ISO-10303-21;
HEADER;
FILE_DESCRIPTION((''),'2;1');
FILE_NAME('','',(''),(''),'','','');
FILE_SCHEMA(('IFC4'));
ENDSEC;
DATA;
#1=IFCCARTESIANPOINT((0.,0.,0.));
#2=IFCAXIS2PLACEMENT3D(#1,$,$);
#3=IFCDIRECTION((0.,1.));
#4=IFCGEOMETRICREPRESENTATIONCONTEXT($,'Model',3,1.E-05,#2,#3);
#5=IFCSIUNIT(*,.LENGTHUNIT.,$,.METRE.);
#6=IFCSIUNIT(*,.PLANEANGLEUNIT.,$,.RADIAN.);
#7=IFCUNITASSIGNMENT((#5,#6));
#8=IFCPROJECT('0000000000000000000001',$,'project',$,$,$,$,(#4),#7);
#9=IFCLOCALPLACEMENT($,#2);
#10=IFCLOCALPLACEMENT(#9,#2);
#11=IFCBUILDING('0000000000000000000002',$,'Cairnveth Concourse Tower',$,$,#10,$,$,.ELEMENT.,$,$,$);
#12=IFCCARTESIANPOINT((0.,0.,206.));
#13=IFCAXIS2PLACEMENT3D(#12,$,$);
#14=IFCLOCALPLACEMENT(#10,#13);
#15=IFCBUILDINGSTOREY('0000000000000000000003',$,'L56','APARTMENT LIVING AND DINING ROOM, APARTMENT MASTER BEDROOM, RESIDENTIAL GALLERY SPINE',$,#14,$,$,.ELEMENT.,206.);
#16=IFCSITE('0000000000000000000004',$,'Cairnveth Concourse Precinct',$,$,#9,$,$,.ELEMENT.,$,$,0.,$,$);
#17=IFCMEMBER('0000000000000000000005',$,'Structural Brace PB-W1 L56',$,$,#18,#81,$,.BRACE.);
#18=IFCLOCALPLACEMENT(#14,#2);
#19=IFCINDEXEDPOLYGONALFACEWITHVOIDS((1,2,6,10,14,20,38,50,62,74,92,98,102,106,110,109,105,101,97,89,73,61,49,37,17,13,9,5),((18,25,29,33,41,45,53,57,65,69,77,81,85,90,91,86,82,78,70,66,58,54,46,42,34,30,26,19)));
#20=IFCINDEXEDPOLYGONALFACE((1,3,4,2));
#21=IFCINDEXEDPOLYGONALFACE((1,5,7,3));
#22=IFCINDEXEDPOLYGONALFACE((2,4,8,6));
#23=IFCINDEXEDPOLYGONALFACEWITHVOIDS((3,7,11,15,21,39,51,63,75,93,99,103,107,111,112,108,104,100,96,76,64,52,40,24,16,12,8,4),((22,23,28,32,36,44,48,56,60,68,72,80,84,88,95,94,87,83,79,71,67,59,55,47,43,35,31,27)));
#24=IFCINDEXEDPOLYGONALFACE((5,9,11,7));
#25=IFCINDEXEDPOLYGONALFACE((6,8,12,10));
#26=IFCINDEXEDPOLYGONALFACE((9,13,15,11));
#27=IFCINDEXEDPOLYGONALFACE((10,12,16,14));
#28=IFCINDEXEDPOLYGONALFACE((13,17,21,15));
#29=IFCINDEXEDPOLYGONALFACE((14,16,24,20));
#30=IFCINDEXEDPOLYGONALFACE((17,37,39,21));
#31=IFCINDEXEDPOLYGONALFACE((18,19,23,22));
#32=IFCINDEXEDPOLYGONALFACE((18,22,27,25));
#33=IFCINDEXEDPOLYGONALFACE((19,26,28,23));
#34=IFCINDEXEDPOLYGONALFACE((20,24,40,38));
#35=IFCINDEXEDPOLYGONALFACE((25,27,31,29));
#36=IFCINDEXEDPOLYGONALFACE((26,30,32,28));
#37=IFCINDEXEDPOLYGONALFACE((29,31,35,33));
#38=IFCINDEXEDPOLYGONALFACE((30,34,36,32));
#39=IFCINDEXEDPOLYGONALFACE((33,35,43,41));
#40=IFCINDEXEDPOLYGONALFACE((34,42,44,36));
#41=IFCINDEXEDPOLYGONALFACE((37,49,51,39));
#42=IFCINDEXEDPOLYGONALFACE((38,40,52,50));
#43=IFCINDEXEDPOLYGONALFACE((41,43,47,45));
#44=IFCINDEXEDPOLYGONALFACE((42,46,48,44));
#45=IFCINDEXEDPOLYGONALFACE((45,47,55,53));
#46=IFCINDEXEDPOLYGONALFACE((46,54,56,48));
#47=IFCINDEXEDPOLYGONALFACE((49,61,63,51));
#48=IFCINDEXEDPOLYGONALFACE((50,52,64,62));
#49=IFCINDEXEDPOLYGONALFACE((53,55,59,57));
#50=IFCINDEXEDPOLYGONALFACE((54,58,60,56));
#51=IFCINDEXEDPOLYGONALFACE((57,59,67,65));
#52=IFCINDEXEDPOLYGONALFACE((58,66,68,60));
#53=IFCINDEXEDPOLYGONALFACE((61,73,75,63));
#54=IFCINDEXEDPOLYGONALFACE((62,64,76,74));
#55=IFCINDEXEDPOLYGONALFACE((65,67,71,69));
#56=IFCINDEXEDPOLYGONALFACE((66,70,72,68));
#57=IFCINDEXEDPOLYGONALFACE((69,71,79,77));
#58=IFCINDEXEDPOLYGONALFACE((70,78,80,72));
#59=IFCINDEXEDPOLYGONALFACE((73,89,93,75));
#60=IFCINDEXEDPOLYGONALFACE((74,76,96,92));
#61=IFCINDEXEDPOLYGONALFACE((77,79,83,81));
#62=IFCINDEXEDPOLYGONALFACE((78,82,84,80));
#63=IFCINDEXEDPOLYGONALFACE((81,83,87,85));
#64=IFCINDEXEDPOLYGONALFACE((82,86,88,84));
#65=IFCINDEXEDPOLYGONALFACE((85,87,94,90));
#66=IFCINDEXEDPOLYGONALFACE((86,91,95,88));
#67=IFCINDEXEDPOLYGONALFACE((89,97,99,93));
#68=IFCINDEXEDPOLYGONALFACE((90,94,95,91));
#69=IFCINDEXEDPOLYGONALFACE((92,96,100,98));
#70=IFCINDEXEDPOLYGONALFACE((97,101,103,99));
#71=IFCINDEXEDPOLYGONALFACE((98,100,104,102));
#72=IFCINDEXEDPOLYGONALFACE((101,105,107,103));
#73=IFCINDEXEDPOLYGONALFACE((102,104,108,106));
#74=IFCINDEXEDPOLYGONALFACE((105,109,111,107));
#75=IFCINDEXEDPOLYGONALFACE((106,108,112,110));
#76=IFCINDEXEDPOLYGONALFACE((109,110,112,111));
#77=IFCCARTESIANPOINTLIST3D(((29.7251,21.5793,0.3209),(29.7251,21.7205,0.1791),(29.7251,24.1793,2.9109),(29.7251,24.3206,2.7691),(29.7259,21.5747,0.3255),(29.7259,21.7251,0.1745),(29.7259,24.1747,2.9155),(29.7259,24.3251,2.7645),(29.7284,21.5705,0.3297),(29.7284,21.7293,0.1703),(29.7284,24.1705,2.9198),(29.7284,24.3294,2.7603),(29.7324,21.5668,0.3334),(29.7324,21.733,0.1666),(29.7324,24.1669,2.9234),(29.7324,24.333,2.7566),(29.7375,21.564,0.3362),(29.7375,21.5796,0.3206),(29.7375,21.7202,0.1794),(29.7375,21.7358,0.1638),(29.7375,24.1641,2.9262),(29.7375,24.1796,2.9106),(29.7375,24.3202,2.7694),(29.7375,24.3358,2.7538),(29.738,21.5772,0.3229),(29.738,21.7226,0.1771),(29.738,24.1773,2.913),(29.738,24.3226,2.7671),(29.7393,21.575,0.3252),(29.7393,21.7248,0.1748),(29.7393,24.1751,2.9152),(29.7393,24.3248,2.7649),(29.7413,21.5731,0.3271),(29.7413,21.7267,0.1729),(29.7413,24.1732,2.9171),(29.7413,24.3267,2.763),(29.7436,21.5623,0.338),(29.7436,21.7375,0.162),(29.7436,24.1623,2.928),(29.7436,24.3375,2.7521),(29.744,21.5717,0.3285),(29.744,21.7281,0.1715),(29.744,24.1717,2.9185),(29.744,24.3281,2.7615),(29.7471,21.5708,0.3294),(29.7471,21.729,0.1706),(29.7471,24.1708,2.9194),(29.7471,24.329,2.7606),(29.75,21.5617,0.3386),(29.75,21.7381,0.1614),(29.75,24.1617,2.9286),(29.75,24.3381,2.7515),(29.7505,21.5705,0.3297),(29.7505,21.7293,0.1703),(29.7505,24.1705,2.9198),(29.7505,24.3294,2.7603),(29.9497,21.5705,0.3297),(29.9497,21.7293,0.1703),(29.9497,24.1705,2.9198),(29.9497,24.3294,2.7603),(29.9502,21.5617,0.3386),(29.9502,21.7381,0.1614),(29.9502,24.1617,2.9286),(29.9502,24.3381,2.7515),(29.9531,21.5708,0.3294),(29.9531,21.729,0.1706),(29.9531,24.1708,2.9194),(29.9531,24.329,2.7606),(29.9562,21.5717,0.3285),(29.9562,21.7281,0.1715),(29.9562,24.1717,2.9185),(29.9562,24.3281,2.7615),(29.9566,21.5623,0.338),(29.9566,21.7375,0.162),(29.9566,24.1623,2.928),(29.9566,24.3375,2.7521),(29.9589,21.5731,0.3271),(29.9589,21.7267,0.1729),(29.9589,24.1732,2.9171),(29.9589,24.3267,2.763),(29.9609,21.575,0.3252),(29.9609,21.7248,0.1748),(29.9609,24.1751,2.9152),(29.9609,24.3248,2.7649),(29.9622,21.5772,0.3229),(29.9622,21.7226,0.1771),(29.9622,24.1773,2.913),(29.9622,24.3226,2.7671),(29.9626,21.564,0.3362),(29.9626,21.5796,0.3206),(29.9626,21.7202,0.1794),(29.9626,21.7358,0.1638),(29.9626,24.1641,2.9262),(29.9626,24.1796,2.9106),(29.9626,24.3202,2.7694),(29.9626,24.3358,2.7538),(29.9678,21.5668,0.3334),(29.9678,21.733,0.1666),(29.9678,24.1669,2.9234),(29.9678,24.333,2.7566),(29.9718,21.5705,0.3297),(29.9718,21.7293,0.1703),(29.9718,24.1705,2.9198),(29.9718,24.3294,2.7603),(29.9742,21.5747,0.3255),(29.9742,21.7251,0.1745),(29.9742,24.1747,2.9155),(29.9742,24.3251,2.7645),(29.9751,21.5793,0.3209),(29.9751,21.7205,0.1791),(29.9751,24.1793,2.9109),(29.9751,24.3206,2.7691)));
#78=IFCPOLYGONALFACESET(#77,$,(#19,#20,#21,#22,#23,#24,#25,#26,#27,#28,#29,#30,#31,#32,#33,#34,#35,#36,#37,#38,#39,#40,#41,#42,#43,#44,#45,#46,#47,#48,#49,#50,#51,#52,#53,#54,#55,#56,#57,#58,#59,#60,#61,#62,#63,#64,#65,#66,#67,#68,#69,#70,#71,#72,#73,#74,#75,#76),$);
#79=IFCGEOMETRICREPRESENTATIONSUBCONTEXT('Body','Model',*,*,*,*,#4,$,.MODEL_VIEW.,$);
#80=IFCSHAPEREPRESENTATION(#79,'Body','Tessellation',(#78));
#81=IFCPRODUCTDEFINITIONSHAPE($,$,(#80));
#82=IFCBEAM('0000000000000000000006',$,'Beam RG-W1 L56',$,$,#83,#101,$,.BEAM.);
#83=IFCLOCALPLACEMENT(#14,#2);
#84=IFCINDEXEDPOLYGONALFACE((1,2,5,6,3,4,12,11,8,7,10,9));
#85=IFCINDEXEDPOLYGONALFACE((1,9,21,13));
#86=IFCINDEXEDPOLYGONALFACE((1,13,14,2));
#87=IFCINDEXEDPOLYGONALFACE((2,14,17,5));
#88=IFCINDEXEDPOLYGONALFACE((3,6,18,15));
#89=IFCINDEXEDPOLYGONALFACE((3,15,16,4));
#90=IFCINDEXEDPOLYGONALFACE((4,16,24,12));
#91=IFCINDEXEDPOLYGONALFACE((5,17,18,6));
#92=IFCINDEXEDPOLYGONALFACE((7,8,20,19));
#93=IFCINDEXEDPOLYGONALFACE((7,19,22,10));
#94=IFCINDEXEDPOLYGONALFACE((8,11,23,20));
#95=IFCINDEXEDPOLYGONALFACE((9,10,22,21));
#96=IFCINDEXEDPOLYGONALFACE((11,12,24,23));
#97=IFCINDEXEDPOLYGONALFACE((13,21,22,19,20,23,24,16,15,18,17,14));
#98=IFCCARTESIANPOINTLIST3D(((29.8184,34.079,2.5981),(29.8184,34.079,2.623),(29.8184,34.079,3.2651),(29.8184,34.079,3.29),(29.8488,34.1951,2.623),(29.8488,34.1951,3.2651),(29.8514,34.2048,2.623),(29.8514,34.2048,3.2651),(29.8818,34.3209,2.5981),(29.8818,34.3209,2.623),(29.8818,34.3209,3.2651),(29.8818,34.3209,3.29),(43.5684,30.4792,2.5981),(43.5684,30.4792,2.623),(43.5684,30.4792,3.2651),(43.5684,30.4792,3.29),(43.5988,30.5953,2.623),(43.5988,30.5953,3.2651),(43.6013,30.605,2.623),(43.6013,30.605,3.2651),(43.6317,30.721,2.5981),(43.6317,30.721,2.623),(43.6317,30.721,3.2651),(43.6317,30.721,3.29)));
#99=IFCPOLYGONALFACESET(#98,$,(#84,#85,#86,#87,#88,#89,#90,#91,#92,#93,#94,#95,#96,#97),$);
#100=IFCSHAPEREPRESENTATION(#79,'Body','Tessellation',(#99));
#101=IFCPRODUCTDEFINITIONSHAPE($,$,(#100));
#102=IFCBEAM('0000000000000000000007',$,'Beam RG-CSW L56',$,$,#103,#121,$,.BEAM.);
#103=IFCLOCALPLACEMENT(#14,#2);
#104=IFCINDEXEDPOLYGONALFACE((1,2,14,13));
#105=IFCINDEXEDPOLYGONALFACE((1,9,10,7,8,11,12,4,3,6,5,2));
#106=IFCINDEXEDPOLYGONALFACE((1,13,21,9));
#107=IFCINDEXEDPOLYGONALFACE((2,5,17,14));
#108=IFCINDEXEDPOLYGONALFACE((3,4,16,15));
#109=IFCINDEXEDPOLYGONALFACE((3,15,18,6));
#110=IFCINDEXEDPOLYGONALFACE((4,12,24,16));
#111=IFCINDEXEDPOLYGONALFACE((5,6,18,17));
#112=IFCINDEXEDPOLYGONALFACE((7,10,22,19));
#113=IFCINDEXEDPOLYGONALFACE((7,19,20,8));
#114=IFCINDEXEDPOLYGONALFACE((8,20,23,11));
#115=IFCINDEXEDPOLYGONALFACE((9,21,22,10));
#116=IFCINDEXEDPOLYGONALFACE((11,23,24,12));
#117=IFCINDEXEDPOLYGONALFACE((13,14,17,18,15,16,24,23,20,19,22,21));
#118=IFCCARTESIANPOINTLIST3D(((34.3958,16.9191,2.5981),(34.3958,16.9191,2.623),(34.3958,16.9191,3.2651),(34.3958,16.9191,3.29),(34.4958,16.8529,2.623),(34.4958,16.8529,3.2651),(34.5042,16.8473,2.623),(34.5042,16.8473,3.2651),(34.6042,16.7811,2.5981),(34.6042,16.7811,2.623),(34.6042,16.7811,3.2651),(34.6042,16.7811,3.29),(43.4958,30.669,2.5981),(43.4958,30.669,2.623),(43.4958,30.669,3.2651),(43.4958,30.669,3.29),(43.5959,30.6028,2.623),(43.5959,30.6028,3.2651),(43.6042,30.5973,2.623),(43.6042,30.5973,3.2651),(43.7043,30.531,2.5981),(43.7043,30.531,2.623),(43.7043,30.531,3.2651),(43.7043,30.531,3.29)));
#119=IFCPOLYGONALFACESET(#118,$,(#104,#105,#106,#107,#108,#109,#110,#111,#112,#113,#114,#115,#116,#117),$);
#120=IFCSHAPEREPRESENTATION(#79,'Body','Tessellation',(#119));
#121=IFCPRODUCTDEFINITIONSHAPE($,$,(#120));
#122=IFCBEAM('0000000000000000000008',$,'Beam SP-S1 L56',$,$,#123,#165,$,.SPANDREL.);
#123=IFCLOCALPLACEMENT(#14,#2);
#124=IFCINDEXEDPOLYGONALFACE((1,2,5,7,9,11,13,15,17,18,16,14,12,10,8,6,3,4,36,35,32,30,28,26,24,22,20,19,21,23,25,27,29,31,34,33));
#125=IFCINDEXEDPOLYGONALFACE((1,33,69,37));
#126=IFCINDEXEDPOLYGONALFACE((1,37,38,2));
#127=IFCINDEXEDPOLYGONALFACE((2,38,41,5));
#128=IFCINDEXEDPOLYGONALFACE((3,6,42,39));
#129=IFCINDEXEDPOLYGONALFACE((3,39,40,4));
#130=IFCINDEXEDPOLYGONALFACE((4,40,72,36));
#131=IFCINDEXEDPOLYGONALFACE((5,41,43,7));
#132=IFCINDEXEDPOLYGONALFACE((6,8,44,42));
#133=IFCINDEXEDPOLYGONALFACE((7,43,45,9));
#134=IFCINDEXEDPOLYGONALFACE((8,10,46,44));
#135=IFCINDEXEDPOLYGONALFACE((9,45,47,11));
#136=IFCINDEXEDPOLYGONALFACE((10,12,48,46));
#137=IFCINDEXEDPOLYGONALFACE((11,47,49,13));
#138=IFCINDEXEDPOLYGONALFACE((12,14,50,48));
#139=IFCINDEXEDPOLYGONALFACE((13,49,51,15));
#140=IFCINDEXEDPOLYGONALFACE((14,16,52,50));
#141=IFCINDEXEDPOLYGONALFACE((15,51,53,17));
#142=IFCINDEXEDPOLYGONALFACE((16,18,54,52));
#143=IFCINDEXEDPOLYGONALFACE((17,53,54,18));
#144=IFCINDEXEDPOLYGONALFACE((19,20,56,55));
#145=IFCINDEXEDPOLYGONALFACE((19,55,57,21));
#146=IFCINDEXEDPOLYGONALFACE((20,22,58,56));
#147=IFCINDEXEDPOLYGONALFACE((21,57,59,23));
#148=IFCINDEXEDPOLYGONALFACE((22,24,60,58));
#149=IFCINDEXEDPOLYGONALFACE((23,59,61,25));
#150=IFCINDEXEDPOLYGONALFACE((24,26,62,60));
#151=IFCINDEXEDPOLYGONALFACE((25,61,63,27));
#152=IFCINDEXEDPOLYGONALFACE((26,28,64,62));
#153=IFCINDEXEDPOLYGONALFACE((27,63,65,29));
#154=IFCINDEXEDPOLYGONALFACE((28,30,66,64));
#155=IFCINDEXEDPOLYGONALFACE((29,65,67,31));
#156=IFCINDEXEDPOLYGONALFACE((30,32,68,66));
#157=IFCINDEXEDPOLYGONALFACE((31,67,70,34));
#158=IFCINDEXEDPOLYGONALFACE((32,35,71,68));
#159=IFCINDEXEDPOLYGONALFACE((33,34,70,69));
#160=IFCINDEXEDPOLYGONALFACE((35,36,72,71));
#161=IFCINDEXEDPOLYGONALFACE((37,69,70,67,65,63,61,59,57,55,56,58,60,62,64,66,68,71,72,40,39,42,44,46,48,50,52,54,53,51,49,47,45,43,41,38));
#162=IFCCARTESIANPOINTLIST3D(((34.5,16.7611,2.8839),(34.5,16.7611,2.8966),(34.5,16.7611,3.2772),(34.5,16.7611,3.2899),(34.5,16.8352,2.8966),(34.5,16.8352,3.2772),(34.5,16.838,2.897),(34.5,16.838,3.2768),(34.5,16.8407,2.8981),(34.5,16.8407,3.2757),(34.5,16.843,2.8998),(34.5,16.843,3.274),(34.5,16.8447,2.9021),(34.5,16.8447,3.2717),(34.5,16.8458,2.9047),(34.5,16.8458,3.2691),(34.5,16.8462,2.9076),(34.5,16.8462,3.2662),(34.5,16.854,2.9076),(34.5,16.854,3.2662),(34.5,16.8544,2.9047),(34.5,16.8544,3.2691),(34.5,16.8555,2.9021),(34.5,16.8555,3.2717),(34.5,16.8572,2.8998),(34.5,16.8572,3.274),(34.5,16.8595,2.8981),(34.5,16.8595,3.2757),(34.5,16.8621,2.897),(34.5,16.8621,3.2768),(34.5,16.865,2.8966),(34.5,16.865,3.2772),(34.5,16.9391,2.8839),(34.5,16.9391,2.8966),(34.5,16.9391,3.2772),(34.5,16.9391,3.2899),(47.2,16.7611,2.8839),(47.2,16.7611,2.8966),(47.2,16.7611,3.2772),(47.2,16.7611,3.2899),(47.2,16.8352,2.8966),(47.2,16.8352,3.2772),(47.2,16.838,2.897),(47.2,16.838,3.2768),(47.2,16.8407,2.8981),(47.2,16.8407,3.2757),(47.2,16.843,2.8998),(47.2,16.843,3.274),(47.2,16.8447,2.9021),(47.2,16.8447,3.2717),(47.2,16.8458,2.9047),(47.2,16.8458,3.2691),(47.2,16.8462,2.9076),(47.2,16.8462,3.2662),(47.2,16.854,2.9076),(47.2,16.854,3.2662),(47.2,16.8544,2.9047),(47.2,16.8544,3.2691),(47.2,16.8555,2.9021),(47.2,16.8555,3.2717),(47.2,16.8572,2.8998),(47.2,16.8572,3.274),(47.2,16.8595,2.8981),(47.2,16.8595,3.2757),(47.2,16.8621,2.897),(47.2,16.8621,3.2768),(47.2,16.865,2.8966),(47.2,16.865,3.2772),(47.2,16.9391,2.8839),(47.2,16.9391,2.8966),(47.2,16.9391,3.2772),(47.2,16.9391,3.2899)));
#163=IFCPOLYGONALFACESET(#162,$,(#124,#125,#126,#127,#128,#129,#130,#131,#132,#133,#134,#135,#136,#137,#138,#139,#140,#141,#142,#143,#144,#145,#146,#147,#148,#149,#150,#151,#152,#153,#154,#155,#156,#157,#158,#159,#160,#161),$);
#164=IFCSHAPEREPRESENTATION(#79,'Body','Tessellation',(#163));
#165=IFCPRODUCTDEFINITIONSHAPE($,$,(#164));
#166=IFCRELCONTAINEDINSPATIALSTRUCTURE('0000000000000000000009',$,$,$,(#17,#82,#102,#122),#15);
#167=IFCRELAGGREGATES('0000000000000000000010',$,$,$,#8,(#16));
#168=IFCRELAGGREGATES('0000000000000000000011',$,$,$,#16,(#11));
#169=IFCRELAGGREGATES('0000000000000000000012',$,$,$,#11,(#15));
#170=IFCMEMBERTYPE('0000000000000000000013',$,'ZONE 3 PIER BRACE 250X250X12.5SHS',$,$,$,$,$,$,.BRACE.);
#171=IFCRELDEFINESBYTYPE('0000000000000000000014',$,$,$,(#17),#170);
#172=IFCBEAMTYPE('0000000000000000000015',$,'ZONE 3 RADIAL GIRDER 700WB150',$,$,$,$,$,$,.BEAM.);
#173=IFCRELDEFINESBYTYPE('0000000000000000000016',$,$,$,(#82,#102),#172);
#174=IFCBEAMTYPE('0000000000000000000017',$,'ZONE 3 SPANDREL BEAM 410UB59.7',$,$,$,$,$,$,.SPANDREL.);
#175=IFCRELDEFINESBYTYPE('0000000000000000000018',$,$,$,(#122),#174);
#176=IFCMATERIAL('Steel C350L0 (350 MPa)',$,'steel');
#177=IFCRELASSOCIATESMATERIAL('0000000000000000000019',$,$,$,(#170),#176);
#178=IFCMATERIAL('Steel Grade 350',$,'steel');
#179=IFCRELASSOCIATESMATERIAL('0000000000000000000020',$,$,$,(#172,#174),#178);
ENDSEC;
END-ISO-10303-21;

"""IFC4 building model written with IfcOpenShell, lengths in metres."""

from ifc_helpers import new_model, si_unit, direction, frame, origin, origin_2d, place, context, subcontext, project, spatial, hollow_rectangle, i_section, extrude, material, material_profile, profile_set, type_object, element, save


model = new_model("IFC4")

# Units and contexts
model_context = context("Model", 3, precision=1e-05, world=origin(), true_north=direction((0.0, 1.0)))
body_context = subcontext(model_context, "Body", "Model", "MODEL_VIEW")
ifc_project = project(units=[si_unit("LENGTHUNIT", "METRE"), si_unit("PLANEANGLEUNIT", "RADIAN")], contexts=[model_context])

# Site, building, storey
site_placement = place(None, origin())
site = spatial("IfcSite", under=ifc_project, at=site_placement, Name="Cairnveth Concourse Precinct", CompositionType="ELEMENT", RefElevation=0.0)
building_placement = place(site_placement, origin())
building = spatial("IfcBuilding", under=site, at=building_placement, Name="Cairnveth Concourse Tower", CompositionType="ELEMENT")
storey_placement = place(building_placement, frame((0.0, 0.0, 206.0)))
storey = spatial("IfcBuildingStorey", under=building, at=storey_placement, Name="L56", Description="APARTMENT LIVING AND DINING ROOM, APARTMENT MASTER BEDROOM, RESIDENTIAL GALLERY SPINE", CompositionType="ELEMENT", Elevation=206.0)

# Shared definitions
ifc_material_1 = material(Name="Steel Grade 350", Category="steel")

# Member
ifc_material_2 = material(Name="Steel C350L0 (350 MPa)", Category="steel")
ifc_material_profile_1 = material_profile(ifc_material_2, hollow_rectangle(XDim=0.25, YDim=0.25, WallThickness=0.0125, InnerFilletRadius=0.0129, OuterFilletRadius=0.0249, at=origin_2d()), Name="250x250x12.5SHS")
ifc_profile_set_1 = profile_set([ifc_material_profile_1], Name="Steel C350L0 (350 MPa)")
member_type = type_object("IfcMemberType", Name="ZONE 3 PIER BRACE 250X250X12.5SHS", PredefinedType="BRACE", material=ifc_profile_set_1)
for number, where, z_axis, x_axis, name in (
    (1, (29.8501, 21.6499, 0.25), (0.0, 0.708469, 0.705742), (-1.0, 0.0, 0.0), "Structural Brace PB-W1 L56"),
):
    element("IfcMember", number, at=place(storey_placement, frame(where, z_axis=z_axis, x_axis=x_axis)), inside=storey, type_object=member_type, Name=name, PredefinedType="BRACE", context=body_context, shape_type="SweptSolid", body=[
        extrude(hollow_rectangle(XDim=0.25, YDim=0.25, WallThickness=0.0125, InnerFilletRadius=0.0129, OuterFilletRadius=0.0249, at=origin_2d()), origin(), (0.0, 0.0, 1.0), 3.6699),
    ])

# Beams
ifc_material_profile_2 = material_profile(ifc_material_1, i_section(OverallWidth=0.25, OverallDepth=0.6919, WebThickness=0.01, FlangeThickness=0.0249, at=origin_2d()), Name="700WB150")
ifc_profile_set_2 = profile_set([ifc_material_profile_2], Name="Steel Grade 350")
beam_type_1 = type_object("IfcBeamType", Name="ZONE 3 RADIAL GIRDER 700WB150", PredefinedType="BEAM", material=ifc_profile_set_2)
beam_1_placement = place(storey_placement, frame((29.8501, 34.2, 2.9441), z_axis=(0.967395, -0.253271, 0.0), x_axis=(0.253271, 0.967395, 0.0)))
element("IfcBeam", 2, at=beam_1_placement, inside=storey, type_object=beam_type_1, Name="Beam RG-W1 L56", PredefinedType="BEAM", context=body_context, shape_type="SweptSolid", body=[
    extrude(i_section(OverallWidth=0.25, OverallDepth=0.6919, WebThickness=0.01, FlangeThickness=0.0249, at=origin_2d()), origin(), (0.0, 0.0, 1.0), 14.2134),
])
beam_2_placement = place(storey_placement, frame((34.5, 16.8501, 2.9441), z_axis=(0.551902, 0.833909, 0.0), x_axis=(-0.833909, 0.551902, 0.0)))
element("IfcBeam", 3, at=beam_2_placement, inside=storey, type_object=beam_type_1, Name="Beam RG-CSW L56", PredefinedType="BEAM", context=body_context, shape_type="SweptSolid", body=[
    extrude(i_section(OverallWidth=0.25, OverallDepth=0.6919, WebThickness=0.01, FlangeThickness=0.0249, at=origin_2d()), origin(), (0.0, 0.0, 1.0), 16.4885),
])
ifc_material_profile_3 = material_profile(ifc_material_1, i_section(OverallWidth=0.178, OverallDepth=0.406, WebThickness=0.0078, FlangeThickness=0.0127, FilletRadius=0.011, at=origin_2d()), Name="410UB59.7")
ifc_profile_set_3 = profile_set([ifc_material_profile_3], Name="Steel Grade 350")
beam_type_2 = type_object("IfcBeamType", Name="ZONE 3 SPANDREL BEAM 410UB59.7", PredefinedType="SPANDREL", material=ifc_profile_set_3)
beam_3_placement = place(storey_placement, frame((34.5, 16.8501, 3.0869), z_axis=(1.0, 0.0, 0.0), x_axis=(0.0, 1.0, 0.0)))
element("IfcBeam", 4, at=beam_3_placement, inside=storey, type_object=beam_type_2, Name="Beam SP-S1 L56", PredefinedType="SPANDREL", context=body_context, shape_type="SweptSolid", body=[
    extrude(i_section(OverallWidth=0.178, OverallDepth=0.406, WebThickness=0.0078, FlangeThickness=0.0127, FilletRadius=0.011, at=origin_2d()), origin(), (0.0, 0.0, 1.0), 12.7),
])

save(model, "model.ifc")
